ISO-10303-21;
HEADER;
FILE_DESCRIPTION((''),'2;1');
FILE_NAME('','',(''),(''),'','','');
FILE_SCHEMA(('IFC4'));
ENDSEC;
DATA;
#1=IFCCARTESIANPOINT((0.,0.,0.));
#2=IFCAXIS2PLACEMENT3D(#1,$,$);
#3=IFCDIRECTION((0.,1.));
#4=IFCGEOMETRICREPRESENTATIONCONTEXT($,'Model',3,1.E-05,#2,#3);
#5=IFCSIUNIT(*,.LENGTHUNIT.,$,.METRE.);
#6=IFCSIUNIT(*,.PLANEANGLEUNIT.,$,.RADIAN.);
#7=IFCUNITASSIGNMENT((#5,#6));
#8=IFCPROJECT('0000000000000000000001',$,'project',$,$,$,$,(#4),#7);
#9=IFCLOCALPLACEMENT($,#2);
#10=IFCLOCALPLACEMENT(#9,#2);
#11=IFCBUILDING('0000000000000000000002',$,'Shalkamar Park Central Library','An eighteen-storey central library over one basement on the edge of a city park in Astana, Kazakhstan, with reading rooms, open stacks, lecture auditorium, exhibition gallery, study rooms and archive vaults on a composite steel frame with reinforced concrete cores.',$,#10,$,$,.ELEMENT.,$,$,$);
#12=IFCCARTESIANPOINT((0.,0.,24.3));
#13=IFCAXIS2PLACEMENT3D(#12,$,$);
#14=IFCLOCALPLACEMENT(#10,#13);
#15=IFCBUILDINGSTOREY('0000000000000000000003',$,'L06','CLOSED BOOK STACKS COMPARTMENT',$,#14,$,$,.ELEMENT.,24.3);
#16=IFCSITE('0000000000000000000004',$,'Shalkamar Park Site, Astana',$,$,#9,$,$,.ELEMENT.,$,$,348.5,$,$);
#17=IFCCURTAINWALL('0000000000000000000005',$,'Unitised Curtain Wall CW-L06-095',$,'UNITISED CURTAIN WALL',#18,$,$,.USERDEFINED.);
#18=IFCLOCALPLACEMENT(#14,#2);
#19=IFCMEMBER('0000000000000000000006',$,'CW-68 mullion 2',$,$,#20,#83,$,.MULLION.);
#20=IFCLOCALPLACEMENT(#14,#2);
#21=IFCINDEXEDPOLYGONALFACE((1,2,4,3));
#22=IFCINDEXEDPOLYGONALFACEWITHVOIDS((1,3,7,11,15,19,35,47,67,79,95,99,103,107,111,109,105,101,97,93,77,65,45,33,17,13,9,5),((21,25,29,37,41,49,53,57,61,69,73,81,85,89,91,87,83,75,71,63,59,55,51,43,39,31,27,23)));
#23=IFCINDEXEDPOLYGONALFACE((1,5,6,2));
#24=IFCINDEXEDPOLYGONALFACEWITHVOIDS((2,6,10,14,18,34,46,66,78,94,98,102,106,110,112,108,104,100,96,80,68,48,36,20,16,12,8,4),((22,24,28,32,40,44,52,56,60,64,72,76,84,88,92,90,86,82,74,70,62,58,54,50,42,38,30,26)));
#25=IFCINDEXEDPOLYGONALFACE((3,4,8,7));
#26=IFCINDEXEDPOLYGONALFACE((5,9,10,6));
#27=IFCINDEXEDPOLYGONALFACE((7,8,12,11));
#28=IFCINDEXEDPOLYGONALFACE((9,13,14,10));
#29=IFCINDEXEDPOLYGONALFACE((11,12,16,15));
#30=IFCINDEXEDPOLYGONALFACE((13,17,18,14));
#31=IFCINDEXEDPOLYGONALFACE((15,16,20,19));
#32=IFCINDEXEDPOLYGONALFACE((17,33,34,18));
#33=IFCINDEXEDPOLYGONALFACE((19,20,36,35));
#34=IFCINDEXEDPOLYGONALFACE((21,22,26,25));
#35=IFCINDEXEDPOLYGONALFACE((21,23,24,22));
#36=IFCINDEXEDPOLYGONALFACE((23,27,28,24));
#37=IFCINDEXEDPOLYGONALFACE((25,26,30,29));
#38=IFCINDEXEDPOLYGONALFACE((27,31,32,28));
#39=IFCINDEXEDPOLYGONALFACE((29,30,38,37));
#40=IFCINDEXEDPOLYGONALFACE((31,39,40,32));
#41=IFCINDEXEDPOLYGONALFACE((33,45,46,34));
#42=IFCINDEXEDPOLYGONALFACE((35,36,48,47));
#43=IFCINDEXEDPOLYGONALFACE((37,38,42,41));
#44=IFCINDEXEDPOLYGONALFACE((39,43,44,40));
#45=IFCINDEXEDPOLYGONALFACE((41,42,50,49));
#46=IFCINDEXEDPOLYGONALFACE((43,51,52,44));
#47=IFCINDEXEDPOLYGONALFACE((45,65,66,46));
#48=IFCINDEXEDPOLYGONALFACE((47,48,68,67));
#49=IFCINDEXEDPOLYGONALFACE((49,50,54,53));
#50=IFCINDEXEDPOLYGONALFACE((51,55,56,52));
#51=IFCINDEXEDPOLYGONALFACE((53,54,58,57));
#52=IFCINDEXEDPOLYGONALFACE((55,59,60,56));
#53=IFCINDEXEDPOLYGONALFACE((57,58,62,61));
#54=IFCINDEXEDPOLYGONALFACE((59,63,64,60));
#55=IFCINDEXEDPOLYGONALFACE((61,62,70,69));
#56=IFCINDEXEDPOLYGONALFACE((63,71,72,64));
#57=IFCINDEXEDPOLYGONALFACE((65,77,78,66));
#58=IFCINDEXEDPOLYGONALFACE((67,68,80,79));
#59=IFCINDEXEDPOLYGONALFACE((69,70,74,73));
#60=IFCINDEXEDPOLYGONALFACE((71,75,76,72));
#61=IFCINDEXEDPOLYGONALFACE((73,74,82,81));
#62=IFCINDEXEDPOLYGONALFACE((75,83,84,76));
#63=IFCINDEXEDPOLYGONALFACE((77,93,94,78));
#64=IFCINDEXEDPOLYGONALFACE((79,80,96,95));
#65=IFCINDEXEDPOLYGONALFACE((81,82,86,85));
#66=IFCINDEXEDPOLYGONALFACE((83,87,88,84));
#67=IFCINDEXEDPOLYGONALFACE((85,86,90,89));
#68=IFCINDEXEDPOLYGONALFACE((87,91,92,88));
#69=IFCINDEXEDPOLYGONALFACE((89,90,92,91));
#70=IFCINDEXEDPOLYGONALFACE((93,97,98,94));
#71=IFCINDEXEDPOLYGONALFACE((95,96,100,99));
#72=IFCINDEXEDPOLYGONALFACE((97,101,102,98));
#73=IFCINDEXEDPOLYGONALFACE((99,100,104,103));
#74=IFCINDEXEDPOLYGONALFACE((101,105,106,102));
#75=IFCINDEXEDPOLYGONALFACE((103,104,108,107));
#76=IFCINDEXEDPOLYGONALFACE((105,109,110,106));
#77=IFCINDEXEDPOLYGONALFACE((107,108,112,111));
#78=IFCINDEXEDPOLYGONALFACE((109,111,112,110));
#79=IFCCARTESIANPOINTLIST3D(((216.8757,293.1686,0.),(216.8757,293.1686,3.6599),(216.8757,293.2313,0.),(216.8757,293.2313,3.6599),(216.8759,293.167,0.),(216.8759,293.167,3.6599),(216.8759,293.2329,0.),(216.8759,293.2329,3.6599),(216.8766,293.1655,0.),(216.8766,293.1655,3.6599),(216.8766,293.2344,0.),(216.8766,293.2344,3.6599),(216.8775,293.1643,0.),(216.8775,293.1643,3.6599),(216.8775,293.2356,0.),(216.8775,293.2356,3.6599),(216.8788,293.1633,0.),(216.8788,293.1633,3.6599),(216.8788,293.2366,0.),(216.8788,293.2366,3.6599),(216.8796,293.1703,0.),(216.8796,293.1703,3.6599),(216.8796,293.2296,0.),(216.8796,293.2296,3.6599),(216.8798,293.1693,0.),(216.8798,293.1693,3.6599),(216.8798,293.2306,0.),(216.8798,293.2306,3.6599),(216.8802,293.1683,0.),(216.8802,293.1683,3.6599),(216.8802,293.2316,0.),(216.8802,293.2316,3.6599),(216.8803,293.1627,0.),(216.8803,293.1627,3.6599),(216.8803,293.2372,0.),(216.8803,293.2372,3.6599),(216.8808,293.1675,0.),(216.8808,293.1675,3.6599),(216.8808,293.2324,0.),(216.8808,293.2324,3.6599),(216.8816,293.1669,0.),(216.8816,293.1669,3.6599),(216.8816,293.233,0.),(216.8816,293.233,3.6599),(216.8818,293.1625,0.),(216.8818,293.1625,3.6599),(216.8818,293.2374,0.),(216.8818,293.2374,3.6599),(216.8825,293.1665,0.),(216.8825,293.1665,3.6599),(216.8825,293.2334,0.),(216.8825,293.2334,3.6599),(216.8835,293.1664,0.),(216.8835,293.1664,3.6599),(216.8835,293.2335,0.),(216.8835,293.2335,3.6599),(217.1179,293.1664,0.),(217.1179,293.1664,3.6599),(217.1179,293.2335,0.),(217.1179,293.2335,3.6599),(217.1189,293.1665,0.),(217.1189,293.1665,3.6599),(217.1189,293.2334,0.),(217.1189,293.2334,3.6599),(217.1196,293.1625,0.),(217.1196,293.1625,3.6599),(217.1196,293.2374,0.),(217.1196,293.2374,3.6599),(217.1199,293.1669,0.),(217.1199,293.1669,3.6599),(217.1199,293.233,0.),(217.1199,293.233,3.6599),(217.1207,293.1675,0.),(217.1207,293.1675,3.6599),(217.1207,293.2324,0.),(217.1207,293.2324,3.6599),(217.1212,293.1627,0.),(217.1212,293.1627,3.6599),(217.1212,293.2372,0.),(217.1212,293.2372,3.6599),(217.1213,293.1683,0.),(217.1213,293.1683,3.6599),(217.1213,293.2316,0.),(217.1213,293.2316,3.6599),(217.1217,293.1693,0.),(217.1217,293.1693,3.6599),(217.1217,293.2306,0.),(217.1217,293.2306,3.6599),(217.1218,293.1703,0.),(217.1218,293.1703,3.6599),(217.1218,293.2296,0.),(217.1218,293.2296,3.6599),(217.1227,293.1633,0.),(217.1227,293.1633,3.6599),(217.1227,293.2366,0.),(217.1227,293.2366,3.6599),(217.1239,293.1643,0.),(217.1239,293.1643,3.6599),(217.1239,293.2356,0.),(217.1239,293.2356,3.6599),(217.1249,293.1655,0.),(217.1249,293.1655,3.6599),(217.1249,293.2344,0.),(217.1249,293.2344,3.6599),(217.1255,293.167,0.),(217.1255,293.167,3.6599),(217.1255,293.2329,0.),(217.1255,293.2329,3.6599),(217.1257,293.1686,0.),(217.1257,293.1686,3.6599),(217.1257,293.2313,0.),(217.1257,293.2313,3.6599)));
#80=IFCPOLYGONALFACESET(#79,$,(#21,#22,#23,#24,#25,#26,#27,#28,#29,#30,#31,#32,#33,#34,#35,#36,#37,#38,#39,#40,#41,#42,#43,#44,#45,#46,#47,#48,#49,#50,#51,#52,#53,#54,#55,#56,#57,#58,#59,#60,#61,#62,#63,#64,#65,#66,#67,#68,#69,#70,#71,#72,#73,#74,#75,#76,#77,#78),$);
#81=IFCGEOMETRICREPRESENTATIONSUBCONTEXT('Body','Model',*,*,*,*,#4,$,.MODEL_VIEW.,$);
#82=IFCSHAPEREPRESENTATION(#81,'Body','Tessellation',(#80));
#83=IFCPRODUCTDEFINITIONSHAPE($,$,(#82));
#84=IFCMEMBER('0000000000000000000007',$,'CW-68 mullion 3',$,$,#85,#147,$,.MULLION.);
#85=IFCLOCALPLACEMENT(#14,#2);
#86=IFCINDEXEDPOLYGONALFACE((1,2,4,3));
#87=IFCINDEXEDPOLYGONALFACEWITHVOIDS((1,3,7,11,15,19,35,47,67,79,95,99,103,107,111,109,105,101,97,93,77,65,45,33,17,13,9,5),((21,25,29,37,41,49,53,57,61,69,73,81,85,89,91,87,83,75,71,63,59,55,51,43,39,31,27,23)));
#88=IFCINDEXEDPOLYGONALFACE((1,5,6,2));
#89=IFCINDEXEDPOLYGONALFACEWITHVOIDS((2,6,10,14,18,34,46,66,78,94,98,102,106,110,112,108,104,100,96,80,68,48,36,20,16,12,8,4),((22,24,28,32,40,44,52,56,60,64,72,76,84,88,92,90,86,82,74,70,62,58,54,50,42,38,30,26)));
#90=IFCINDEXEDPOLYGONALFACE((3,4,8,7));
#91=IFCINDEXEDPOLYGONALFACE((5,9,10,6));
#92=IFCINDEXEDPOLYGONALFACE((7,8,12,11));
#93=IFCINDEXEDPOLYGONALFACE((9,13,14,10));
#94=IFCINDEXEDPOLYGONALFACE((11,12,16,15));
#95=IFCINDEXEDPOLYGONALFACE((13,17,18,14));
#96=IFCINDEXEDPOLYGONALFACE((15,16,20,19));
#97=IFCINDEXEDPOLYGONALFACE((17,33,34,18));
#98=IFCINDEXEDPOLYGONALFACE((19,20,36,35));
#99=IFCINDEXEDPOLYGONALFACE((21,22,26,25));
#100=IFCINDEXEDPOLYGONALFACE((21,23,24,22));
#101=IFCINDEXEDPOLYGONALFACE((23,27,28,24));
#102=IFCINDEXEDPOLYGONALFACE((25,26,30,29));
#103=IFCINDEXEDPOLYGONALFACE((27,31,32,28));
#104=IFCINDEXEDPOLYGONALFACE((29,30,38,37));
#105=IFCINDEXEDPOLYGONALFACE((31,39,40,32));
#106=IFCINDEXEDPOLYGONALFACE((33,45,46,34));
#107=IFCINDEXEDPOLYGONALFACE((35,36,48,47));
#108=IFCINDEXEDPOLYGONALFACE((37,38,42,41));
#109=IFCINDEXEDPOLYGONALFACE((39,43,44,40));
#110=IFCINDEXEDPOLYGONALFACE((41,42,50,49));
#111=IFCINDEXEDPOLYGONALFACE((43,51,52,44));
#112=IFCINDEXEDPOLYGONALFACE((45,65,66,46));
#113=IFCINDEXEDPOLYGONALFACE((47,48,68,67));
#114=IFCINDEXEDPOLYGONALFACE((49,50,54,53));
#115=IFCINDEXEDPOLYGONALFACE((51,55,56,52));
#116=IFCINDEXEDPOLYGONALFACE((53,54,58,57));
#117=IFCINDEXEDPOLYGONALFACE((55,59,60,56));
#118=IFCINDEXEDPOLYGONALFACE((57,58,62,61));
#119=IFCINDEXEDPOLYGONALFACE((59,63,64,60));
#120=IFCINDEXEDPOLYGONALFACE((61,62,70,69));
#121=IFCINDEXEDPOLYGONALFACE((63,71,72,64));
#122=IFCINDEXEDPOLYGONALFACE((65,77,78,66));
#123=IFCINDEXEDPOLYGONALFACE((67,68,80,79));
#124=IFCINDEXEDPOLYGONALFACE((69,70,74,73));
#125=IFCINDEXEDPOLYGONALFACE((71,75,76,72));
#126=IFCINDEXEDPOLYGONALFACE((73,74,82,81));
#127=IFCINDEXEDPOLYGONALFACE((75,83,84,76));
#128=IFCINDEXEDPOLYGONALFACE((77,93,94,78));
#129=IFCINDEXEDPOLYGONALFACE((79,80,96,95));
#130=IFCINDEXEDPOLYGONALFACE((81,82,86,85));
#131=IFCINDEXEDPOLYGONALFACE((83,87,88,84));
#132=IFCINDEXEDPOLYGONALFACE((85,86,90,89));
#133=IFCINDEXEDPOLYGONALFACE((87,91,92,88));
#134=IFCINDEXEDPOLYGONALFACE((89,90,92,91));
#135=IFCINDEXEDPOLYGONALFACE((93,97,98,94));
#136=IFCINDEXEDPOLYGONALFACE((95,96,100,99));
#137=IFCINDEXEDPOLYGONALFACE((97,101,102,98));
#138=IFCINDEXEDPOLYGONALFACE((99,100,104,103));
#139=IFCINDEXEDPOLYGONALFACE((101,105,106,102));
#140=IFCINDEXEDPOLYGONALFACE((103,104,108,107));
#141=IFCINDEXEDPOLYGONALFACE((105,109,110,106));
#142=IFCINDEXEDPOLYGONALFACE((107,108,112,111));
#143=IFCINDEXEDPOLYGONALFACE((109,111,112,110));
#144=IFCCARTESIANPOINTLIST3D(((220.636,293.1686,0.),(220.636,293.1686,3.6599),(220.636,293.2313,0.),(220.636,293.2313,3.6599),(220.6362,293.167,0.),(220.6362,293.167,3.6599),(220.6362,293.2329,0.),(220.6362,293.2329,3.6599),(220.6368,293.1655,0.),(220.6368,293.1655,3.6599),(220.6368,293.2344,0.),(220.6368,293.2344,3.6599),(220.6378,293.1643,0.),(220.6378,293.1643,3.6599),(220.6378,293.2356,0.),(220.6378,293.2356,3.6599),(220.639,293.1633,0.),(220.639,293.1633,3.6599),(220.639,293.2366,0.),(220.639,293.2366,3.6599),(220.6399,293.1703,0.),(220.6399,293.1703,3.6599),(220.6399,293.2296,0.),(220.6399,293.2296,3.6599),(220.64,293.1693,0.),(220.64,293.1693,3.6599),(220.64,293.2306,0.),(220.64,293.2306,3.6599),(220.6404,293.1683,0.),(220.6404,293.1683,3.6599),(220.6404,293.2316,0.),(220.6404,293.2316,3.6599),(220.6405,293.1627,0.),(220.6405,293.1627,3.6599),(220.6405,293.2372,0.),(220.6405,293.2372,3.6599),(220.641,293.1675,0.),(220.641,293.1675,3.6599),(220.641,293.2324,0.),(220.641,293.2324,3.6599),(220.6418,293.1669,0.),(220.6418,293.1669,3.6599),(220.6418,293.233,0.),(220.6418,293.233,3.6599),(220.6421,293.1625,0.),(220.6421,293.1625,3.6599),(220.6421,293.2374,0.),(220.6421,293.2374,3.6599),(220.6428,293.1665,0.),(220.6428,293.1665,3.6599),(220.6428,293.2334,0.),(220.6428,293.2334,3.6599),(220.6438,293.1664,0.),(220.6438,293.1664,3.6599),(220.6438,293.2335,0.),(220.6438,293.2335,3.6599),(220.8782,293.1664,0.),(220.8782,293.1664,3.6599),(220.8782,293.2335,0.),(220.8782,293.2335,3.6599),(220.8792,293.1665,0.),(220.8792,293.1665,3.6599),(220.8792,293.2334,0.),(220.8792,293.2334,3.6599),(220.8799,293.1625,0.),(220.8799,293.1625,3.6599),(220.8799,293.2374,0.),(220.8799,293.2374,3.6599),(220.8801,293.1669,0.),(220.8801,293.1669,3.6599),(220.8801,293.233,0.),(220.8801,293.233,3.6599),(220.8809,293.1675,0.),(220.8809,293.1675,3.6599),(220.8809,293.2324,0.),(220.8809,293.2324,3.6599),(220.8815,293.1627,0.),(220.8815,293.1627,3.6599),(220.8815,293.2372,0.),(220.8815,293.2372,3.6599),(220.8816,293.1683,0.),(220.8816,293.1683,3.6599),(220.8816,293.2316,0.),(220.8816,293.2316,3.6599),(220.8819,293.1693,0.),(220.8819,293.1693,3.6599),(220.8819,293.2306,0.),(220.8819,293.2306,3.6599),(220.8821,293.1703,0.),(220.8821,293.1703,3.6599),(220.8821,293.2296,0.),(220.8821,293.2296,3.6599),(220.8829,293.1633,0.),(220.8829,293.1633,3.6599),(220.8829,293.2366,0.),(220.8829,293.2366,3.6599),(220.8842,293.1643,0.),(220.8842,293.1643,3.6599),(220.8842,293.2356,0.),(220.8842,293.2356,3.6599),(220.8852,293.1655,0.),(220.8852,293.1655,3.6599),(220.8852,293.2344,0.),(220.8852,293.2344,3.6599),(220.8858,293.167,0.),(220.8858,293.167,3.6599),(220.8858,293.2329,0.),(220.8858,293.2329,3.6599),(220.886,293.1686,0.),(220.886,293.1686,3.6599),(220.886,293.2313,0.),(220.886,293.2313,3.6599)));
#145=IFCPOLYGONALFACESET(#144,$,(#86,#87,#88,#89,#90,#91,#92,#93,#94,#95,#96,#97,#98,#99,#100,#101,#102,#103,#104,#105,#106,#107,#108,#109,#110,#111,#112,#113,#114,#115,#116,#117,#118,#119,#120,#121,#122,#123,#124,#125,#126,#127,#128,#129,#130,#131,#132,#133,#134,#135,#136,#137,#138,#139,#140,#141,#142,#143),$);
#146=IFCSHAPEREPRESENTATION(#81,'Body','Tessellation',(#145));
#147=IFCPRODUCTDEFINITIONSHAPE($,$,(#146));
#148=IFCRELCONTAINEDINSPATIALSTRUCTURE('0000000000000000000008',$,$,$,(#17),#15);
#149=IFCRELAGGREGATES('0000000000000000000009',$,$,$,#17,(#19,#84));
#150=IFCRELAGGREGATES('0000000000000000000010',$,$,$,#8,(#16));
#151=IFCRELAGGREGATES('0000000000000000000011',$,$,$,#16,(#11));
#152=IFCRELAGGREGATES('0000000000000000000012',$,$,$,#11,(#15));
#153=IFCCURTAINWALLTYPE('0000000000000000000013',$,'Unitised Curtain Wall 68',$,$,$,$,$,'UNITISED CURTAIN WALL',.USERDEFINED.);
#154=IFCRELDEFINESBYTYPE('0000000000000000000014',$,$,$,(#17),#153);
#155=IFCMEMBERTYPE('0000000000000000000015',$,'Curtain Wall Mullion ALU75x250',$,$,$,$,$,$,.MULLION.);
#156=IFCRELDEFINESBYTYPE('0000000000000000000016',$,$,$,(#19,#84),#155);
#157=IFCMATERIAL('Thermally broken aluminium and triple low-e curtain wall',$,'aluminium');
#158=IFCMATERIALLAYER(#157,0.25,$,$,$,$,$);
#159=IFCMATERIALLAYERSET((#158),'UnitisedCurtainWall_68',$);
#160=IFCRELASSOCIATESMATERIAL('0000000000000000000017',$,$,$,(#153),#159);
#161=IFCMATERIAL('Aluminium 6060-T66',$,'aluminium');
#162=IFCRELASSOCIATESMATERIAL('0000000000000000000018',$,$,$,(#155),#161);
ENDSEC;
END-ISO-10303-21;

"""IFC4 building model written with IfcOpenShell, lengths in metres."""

from ifc_helpers import new_model, si_unit, direction, frame, origin, origin_2d, place, context, subcontext, project, spatial, hollow_rectangle, extrude, material, layer, layer_set, material_profile, profile_set, type_object, element, aggregate, save


model = new_model("IFC4")

# Units and contexts
model_context = context("Model", 3, precision=1e-05, world=origin(), true_north=direction((0.0, 1.0)))
body_context = subcontext(model_context, "Body", "Model", "MODEL_VIEW")
ifc_project = project(units=[si_unit("LENGTHUNIT", "METRE"), si_unit("PLANEANGLEUNIT", "RADIAN")], contexts=[model_context])

# Site, building, storey
site_placement = place(None, origin())
site = spatial("IfcSite", under=ifc_project, at=site_placement, Name="Shalkamar Park Site, Astana", CompositionType="ELEMENT", RefElevation=348.5)
building_placement = place(site_placement, origin())
building = spatial("IfcBuilding", under=site, at=building_placement, Name="Shalkamar Park Central Library", Description="An eighteen-storey central library over one basement on the edge of a city park in Astana, Kazakhstan, with reading rooms, open stacks, lecture auditorium, exhibition gallery, study rooms and archive vaults on a composite steel frame with reinforced concrete cores.", CompositionType="ELEMENT")
storey_placement = place(building_placement, frame((0.0, 0.0, 24.3)))
storey = spatial("IfcBuildingStorey", under=building, at=storey_placement, Name="L06", Description="CLOSED BOOK STACKS COMPARTMENT", CompositionType="ELEMENT", Elevation=24.3)

# Curtain wall, members
ifc_material_1 = material(Name="Thermally broken aluminium and triple low-e curtain wall", Category="aluminium")
ifc_layer_1 = layer(ifc_material_1, 0.25)
ifc_layer_set_1 = layer_set([ifc_layer_1], Name="UnitisedCurtainWall_68")
curtain_wall_type_1 = type_object("IfcCurtainWallType", Name="Unitised Curtain Wall 68", ElementType="UNITISED CURTAIN WALL", PredefinedType="USERDEFINED", material=ifc_layer_set_1)
curtain_wall_1_placement = place(storey_placement, origin())
curtain_wall_1 = element("IfcCurtainWall", 1, at=curtain_wall_1_placement, inside=storey, type_object=curtain_wall_type_1, Name="Unitised Curtain Wall CW-L06-095", ObjectType="UNITISED CURTAIN WALL", PredefinedType="USERDEFINED")
ifc_material_2 = material(Name="Aluminium 6060-T66", Category="aluminium")
ifc_material_profile_1 = material_profile(ifc_material_2, hollow_rectangle(XDim=0.075, YDim=0.25, WallThickness=0.0039, InnerFilletRadius=0.0039, OuterFilletRadius=0.0061, at=origin_2d()), Name="ALU 75x250x4")
ifc_profile_set_1 = profile_set([ifc_material_profile_1], Name="Aluminium 6060-T66")
member_type_1 = type_object("IfcMemberType", Name="Curtain Wall Mullion ALU75x250", PredefinedType="MULLION", material=ifc_profile_set_1)
member_1_placement = place(storey_placement, frame((217.0007, 293.2, 0.0), z_axis=(0.0, 0.0, 1.0), x_axis=(0.0, 1.0, 0.0)))
member_1 = element("IfcMember", 2, at=member_1_placement, type_object=member_type_1, Name="CW-68 mullion 2", PredefinedType="MULLION", context=body_context, shape_type="SweptSolid", body=[
    extrude(hollow_rectangle(XDim=0.075, YDim=0.25, WallThickness=0.0039, InnerFilletRadius=0.0039, OuterFilletRadius=0.0061, at=origin_2d()), origin(), (0.0, 0.0, 1.0), 3.6599),
])
member_2_placement = place(storey_placement, frame((220.761, 293.2, 0.0), z_axis=(0.0, 0.0, 1.0), x_axis=(0.0, 1.0, 0.0)))
member_2 = element("IfcMember", 3, at=member_2_placement, type_object=member_type_1, Name="CW-68 mullion 3", PredefinedType="MULLION", context=body_context, shape_type="SweptSolid", body=[
    extrude(hollow_rectangle(XDim=0.075, YDim=0.25, WallThickness=0.0039, InnerFilletRadius=0.0039, OuterFilletRadius=0.0061, at=origin_2d()), origin(), (0.0, 0.0, 1.0), 3.6599),
])

aggregate(curtain_wall_1, [member_1, member_2])

save(model, "model.ifc")
